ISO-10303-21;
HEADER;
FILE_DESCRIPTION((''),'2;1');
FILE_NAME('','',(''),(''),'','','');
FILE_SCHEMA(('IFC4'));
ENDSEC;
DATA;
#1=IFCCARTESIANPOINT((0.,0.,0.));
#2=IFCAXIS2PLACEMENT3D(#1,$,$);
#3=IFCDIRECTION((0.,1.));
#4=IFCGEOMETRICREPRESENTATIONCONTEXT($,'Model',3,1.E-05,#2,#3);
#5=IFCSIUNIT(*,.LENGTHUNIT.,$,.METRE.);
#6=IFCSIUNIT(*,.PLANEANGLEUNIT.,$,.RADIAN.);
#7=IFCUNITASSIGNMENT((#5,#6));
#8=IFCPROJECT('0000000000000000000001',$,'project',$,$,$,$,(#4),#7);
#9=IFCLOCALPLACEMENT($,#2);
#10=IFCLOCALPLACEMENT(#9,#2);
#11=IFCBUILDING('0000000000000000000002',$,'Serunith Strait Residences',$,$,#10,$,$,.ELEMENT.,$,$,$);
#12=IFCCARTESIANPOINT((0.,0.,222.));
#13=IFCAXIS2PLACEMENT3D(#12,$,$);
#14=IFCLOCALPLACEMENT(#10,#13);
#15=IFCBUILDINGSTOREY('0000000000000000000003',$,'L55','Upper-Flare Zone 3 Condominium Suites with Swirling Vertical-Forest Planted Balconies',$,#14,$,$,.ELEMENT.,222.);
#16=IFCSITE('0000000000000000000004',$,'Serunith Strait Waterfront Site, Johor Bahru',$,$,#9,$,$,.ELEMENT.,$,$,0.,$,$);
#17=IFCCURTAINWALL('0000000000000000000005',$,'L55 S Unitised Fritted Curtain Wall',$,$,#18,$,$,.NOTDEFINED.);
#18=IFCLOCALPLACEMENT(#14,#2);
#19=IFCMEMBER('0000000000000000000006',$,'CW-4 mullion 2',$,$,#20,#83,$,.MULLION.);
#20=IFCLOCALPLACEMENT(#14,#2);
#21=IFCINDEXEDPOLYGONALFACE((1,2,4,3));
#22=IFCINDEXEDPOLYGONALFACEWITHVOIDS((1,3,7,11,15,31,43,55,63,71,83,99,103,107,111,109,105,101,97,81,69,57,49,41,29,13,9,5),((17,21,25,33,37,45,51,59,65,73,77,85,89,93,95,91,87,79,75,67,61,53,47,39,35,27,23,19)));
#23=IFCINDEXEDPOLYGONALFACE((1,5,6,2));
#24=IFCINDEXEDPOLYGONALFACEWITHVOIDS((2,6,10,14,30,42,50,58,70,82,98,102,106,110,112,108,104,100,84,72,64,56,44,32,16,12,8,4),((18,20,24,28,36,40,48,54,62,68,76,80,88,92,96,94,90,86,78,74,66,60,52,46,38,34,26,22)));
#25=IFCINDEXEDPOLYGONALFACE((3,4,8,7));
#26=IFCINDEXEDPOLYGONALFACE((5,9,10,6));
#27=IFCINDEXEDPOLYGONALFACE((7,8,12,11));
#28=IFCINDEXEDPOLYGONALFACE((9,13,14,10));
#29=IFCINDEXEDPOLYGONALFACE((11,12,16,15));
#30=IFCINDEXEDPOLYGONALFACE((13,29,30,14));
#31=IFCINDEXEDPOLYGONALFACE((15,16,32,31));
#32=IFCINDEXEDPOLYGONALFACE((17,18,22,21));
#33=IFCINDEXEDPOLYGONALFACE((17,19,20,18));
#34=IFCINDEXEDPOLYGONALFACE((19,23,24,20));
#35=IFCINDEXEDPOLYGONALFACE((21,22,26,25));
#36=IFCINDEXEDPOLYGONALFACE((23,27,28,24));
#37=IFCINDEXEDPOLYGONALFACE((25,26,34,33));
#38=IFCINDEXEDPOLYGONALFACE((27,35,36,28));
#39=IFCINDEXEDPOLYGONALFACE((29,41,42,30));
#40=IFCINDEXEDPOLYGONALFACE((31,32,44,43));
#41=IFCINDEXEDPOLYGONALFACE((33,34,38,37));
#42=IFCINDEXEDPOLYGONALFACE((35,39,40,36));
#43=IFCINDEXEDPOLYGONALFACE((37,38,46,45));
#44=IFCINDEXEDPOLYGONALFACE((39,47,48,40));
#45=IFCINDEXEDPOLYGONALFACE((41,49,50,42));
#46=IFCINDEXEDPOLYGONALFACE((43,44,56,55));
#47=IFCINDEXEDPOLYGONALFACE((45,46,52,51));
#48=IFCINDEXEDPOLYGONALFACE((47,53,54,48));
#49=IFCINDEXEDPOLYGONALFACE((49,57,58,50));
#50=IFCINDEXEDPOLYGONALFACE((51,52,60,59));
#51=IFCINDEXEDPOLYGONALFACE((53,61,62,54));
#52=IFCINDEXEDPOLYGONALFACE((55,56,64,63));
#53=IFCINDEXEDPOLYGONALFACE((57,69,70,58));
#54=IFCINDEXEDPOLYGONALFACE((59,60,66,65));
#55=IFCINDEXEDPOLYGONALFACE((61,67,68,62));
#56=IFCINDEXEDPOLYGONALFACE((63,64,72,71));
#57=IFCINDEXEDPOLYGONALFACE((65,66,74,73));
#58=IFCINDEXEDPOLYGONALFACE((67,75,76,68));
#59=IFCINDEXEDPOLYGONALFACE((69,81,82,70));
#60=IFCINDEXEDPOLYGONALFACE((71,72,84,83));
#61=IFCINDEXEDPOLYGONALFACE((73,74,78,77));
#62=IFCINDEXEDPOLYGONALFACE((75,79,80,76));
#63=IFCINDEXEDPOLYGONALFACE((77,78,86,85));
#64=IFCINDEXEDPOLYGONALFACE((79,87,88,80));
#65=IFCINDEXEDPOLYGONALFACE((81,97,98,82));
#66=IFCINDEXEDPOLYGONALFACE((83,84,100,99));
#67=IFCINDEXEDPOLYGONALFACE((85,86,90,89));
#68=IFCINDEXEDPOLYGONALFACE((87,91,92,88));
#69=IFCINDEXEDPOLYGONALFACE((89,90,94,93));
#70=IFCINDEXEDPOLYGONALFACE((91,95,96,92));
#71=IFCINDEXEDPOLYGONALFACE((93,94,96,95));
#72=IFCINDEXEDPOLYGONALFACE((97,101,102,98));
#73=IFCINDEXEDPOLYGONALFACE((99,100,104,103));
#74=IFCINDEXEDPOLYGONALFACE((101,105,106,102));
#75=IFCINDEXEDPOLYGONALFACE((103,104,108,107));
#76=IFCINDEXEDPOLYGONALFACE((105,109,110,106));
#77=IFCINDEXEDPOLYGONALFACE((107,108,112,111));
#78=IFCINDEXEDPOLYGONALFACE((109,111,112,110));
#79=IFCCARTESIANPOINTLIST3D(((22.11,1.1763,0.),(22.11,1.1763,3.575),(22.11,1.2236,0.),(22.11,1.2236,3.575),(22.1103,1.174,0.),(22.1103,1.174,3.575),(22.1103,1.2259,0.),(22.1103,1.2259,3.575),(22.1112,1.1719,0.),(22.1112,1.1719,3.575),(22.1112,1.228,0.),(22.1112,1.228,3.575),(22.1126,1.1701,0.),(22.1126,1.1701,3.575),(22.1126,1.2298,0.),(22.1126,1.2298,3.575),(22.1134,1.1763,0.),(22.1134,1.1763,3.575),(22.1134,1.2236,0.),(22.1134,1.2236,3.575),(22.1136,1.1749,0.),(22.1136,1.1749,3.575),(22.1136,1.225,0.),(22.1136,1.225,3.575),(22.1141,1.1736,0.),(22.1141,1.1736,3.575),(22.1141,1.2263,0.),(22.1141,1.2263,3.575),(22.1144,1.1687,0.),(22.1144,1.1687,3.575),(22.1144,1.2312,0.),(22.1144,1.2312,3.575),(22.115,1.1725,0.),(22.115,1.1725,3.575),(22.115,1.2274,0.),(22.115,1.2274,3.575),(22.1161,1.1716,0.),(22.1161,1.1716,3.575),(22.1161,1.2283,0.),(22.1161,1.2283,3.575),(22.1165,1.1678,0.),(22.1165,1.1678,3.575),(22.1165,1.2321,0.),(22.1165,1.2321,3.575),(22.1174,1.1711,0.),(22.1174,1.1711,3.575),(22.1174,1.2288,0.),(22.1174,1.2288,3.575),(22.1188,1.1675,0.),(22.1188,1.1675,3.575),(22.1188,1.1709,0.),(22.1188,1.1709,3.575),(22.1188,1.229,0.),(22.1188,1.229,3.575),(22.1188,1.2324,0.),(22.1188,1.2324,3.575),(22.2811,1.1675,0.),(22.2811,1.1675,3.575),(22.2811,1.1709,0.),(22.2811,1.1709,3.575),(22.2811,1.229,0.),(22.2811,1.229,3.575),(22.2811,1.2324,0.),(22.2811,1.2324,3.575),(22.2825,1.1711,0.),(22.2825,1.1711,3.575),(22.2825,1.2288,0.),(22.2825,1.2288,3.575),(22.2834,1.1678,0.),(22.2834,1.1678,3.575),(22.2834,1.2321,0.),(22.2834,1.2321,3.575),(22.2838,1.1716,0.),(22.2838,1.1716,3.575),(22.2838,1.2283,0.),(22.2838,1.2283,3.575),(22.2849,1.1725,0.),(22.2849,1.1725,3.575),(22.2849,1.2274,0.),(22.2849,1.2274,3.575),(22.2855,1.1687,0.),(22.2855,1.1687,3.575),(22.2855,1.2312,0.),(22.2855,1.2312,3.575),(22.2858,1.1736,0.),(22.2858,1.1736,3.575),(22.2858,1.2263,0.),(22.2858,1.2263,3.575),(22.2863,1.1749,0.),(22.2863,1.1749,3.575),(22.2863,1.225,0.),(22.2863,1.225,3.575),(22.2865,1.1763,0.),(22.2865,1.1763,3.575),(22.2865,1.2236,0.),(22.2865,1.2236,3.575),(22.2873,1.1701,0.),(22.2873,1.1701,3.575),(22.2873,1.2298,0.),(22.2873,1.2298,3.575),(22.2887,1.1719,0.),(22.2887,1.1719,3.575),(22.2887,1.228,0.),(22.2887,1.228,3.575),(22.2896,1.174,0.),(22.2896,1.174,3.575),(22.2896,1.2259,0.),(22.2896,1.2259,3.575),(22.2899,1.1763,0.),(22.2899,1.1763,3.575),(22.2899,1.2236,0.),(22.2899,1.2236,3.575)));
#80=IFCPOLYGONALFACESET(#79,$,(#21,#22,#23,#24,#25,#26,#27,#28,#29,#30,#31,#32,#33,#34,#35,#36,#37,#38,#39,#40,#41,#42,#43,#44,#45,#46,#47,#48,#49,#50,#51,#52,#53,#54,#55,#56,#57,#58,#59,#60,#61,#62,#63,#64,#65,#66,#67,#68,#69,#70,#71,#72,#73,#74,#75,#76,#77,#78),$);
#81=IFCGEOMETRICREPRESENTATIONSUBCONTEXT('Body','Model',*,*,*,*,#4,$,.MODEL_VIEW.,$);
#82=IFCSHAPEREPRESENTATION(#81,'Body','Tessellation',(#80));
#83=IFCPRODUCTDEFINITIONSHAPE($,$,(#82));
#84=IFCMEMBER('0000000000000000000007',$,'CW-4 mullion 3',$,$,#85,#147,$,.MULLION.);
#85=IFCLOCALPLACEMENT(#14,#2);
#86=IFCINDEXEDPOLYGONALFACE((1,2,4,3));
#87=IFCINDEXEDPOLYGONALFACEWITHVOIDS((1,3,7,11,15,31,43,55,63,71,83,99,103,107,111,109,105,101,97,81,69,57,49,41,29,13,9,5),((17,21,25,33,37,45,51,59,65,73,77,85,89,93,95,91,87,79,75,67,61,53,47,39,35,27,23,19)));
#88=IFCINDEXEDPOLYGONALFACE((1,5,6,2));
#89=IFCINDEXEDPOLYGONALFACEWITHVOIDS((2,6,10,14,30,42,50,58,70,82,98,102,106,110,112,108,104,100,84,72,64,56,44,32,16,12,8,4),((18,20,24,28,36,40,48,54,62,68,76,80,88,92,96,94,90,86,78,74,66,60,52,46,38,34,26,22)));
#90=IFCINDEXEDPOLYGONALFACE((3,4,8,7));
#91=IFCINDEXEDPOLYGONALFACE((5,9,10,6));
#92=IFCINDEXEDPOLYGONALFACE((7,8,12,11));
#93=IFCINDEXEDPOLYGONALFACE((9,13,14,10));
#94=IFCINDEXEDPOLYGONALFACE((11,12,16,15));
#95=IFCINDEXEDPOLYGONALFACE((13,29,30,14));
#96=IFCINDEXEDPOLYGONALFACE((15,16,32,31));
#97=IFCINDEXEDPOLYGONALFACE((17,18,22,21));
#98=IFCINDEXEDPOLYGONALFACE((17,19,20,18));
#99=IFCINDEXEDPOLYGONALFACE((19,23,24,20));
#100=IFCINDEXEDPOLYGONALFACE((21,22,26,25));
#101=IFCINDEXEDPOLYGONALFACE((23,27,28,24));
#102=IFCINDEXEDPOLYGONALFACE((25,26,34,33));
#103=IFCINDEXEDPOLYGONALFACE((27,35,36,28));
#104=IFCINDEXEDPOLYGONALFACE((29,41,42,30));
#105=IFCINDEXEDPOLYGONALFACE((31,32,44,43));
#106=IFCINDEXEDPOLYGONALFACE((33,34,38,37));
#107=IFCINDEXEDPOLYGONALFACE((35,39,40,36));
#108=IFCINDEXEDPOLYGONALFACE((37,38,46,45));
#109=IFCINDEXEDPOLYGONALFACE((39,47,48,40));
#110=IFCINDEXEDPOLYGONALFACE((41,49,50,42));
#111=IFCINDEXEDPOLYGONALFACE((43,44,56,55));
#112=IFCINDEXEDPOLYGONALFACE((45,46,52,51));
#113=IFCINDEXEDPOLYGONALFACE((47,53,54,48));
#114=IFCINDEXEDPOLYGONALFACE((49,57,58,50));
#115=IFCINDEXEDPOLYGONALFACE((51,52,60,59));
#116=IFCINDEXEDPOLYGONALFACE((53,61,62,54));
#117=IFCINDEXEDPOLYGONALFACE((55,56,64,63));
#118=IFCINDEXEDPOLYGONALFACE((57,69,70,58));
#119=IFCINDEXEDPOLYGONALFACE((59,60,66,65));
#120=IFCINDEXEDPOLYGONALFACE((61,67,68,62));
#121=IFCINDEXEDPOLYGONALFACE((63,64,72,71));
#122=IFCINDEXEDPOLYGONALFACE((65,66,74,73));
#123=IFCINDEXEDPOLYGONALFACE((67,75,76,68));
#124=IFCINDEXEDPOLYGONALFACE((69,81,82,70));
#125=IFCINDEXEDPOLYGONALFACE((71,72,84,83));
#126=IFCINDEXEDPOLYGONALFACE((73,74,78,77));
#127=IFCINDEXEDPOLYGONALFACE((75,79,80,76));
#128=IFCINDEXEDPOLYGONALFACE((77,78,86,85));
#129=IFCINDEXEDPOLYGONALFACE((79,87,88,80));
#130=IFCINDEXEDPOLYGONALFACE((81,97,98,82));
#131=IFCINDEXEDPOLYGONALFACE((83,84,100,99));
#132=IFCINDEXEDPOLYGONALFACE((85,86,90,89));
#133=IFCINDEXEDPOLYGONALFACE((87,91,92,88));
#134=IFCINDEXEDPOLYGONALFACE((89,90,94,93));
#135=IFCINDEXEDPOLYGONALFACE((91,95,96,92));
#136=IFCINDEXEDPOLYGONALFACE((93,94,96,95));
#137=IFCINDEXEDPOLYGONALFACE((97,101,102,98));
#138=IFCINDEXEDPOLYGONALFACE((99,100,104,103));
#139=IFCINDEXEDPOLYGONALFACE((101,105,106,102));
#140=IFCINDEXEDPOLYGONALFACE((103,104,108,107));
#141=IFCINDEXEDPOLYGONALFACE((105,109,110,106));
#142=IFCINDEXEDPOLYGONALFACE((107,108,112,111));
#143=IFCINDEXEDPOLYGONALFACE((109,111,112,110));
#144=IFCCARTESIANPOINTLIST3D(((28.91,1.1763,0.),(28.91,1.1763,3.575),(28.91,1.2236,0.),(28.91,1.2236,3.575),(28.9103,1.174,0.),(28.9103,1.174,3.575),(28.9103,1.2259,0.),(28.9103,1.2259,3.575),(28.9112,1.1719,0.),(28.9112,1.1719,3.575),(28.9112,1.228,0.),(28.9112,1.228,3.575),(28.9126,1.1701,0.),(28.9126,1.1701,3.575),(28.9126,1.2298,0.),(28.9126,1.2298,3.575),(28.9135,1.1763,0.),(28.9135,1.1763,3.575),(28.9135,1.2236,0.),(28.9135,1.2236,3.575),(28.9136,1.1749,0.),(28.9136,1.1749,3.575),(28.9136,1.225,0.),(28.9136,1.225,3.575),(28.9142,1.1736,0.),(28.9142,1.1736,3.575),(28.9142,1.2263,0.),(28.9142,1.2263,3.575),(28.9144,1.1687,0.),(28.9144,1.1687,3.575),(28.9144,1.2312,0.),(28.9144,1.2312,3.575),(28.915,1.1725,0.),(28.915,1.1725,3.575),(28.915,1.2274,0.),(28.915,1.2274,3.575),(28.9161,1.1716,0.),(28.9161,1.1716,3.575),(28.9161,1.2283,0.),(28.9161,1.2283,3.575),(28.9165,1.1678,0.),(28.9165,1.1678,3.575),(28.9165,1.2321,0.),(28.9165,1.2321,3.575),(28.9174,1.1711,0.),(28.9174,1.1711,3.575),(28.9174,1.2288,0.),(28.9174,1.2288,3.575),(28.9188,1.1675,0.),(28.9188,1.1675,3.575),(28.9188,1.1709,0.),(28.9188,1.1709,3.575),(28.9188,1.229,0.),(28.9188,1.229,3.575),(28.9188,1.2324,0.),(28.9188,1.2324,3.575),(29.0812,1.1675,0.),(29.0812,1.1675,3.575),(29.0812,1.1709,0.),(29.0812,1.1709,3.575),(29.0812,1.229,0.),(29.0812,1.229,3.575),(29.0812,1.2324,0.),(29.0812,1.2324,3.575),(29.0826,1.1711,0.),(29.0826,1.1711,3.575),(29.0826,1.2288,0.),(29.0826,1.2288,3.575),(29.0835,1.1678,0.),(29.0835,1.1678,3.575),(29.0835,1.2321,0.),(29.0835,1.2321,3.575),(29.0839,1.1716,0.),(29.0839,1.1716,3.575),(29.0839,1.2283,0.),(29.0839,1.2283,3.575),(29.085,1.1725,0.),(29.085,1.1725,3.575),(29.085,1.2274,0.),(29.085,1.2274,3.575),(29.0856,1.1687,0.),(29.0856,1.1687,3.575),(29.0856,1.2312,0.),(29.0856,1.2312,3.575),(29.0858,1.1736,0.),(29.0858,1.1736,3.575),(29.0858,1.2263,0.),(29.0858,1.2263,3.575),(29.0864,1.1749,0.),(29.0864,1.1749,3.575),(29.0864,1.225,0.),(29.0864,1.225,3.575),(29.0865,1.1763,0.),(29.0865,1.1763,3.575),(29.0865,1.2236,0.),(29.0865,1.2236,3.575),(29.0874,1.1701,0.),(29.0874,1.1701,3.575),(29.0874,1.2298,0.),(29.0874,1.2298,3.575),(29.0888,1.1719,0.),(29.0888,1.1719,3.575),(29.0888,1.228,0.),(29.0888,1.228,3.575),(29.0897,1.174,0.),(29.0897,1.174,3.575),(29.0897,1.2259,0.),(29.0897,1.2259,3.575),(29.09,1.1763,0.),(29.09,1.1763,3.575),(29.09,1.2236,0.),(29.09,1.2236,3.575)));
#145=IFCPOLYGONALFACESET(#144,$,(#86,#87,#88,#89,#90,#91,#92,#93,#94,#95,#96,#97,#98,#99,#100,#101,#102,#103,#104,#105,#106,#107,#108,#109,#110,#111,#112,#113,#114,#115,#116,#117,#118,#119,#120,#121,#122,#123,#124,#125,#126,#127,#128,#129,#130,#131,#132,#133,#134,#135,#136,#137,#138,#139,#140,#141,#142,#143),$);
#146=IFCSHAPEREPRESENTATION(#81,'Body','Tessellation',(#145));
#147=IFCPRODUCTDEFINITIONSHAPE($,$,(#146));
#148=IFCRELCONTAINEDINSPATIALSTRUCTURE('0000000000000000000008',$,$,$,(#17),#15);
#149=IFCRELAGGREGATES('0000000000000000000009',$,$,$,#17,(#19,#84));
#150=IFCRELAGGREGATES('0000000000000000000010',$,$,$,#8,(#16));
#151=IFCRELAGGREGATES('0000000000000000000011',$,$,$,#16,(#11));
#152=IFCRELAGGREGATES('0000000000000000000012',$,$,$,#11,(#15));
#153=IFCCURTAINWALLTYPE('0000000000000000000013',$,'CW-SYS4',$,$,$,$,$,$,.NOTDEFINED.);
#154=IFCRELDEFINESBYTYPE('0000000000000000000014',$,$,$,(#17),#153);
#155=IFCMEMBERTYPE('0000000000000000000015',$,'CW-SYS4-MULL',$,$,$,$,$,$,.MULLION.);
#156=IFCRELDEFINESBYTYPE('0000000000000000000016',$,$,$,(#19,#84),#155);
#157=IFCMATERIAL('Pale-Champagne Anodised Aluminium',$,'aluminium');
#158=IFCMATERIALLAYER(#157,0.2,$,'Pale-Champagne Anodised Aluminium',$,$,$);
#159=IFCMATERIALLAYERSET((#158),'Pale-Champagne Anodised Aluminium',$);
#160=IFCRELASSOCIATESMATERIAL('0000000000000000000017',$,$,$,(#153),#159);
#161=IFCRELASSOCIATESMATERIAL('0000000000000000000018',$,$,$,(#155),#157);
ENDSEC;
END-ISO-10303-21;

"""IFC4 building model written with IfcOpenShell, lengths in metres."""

from ifc_helpers import new_model, si_unit, direction, frame, origin, origin_2d, place, context, subcontext, project, spatial, hollow_rectangle, extrude, source, transform, mapped, material, layer, layer_set, material_profile, profile_set, type_object, element, aggregate, save


model = new_model("IFC4")

# Units and contexts
model_context = context("Model", 3, precision=1e-05, world=origin(), true_north=direction((0.0, 1.0)))
body_context = subcontext(model_context, "Body", "Model", "MODEL_VIEW")
ifc_project = project(units=[si_unit("LENGTHUNIT", "METRE"), si_unit("PLANEANGLEUNIT", "RADIAN")], contexts=[model_context])

# Site, building, storey
site_placement = place(None, origin())
site = spatial("IfcSite", under=ifc_project, at=site_placement, Name="Serunith Strait Waterfront Site, Johor Bahru", CompositionType="ELEMENT", RefElevation=0.0)
building_placement = place(site_placement, origin())
building = spatial("IfcBuilding", under=site, at=building_placement, Name="Serunith Strait Residences", CompositionType="ELEMENT")
storey_placement = place(building_placement, frame((0.0, 0.0, 222.0)))
storey = spatial("IfcBuildingStorey", under=building, at=storey_placement, Name="L55", Description="Upper-Flare Zone 3 Condominium Suites with Swirling Vertical-Forest Planted Balconies", CompositionType="ELEMENT", Elevation=222.0)

# Curtain wall, members
ifc_material_1 = material(Name="Pale-Champagne Anodised Aluminium", Category="aluminium")
ifc_layer_1 = layer(ifc_material_1, 0.2, Name="Pale-Champagne Anodised Aluminium")
ifc_layer_set_1 = layer_set([ifc_layer_1], Name="Pale-Champagne Anodised Aluminium")
curtain_wall_type = type_object("IfcCurtainWallType", Name="CW-SYS4", PredefinedType="NOTDEFINED", material=ifc_layer_set_1)
curtain_wall_placement = place(storey_placement, origin())
curtain_wall = element("IfcCurtainWall", 1, at=curtain_wall_placement, inside=storey, type_object=curtain_wall_type, Name="L55 S Unitised Fritted Curtain Wall", PredefinedType="NOTDEFINED")
ifc_material_profile_1 = material_profile(ifc_material_1, hollow_rectangle(XDim=0.0649, YDim=0.1799, WallThickness=0.0034, InnerFilletRadius=0.0054, OuterFilletRadius=0.0088, at=origin_2d()), Name="ALU 180x65x3.5")
ifc_profile_set_1 = profile_set([ifc_material_profile_1], Name="Pale-Champagne Anodised Aluminium")
member_type_1 = type_object("IfcMemberType", Name="CW-SYS4-MULL", PredefinedType="MULLION", material=ifc_profile_set_1)
shared_shape_1 = source(origin(), body_context, "Body", "SweptSolid", [
    extrude(hollow_rectangle(XDim=0.0649, YDim=0.1799, WallThickness=0.0034, InnerFilletRadius=0.0054, OuterFilletRadius=0.0088, at=origin_2d()), origin(), (0.0, 0.0, 1.0), 3.575),
])
member_1_placement = place(storey_placement, frame((22.2, 1.2, 0.0), z_axis=(0.0, 0.0, 1.0), x_axis=(0.0, 1.0, 0.0)))
member_1 = element("IfcMember", 2, at=member_1_placement, type_object=member_type_1, Name="CW-4 mullion 2", PredefinedType="MULLION", context=body_context, shape_type="MappedRepresentation", body=[
    mapped(shared_shape_1, transform((0.0, 0.0, 0.0), scale=1.0)),
])
member_2_placement = place(storey_placement, frame((29.0, 1.2, 0.0), z_axis=(0.0, 0.0, 1.0), x_axis=(0.0, 1.0, 0.0)))
member_2 = element("IfcMember", 3, at=member_2_placement, type_object=member_type_1, Name="CW-4 mullion 3", PredefinedType="MULLION", context=body_context, shape_type="MappedRepresentation", body=[
    mapped(shared_shape_1, transform((0.0, 0.0, 0.0), scale=1.0)),
])
aggregate(curtain_wall, [member_1, member_2])

save(model, "model.ifc")
